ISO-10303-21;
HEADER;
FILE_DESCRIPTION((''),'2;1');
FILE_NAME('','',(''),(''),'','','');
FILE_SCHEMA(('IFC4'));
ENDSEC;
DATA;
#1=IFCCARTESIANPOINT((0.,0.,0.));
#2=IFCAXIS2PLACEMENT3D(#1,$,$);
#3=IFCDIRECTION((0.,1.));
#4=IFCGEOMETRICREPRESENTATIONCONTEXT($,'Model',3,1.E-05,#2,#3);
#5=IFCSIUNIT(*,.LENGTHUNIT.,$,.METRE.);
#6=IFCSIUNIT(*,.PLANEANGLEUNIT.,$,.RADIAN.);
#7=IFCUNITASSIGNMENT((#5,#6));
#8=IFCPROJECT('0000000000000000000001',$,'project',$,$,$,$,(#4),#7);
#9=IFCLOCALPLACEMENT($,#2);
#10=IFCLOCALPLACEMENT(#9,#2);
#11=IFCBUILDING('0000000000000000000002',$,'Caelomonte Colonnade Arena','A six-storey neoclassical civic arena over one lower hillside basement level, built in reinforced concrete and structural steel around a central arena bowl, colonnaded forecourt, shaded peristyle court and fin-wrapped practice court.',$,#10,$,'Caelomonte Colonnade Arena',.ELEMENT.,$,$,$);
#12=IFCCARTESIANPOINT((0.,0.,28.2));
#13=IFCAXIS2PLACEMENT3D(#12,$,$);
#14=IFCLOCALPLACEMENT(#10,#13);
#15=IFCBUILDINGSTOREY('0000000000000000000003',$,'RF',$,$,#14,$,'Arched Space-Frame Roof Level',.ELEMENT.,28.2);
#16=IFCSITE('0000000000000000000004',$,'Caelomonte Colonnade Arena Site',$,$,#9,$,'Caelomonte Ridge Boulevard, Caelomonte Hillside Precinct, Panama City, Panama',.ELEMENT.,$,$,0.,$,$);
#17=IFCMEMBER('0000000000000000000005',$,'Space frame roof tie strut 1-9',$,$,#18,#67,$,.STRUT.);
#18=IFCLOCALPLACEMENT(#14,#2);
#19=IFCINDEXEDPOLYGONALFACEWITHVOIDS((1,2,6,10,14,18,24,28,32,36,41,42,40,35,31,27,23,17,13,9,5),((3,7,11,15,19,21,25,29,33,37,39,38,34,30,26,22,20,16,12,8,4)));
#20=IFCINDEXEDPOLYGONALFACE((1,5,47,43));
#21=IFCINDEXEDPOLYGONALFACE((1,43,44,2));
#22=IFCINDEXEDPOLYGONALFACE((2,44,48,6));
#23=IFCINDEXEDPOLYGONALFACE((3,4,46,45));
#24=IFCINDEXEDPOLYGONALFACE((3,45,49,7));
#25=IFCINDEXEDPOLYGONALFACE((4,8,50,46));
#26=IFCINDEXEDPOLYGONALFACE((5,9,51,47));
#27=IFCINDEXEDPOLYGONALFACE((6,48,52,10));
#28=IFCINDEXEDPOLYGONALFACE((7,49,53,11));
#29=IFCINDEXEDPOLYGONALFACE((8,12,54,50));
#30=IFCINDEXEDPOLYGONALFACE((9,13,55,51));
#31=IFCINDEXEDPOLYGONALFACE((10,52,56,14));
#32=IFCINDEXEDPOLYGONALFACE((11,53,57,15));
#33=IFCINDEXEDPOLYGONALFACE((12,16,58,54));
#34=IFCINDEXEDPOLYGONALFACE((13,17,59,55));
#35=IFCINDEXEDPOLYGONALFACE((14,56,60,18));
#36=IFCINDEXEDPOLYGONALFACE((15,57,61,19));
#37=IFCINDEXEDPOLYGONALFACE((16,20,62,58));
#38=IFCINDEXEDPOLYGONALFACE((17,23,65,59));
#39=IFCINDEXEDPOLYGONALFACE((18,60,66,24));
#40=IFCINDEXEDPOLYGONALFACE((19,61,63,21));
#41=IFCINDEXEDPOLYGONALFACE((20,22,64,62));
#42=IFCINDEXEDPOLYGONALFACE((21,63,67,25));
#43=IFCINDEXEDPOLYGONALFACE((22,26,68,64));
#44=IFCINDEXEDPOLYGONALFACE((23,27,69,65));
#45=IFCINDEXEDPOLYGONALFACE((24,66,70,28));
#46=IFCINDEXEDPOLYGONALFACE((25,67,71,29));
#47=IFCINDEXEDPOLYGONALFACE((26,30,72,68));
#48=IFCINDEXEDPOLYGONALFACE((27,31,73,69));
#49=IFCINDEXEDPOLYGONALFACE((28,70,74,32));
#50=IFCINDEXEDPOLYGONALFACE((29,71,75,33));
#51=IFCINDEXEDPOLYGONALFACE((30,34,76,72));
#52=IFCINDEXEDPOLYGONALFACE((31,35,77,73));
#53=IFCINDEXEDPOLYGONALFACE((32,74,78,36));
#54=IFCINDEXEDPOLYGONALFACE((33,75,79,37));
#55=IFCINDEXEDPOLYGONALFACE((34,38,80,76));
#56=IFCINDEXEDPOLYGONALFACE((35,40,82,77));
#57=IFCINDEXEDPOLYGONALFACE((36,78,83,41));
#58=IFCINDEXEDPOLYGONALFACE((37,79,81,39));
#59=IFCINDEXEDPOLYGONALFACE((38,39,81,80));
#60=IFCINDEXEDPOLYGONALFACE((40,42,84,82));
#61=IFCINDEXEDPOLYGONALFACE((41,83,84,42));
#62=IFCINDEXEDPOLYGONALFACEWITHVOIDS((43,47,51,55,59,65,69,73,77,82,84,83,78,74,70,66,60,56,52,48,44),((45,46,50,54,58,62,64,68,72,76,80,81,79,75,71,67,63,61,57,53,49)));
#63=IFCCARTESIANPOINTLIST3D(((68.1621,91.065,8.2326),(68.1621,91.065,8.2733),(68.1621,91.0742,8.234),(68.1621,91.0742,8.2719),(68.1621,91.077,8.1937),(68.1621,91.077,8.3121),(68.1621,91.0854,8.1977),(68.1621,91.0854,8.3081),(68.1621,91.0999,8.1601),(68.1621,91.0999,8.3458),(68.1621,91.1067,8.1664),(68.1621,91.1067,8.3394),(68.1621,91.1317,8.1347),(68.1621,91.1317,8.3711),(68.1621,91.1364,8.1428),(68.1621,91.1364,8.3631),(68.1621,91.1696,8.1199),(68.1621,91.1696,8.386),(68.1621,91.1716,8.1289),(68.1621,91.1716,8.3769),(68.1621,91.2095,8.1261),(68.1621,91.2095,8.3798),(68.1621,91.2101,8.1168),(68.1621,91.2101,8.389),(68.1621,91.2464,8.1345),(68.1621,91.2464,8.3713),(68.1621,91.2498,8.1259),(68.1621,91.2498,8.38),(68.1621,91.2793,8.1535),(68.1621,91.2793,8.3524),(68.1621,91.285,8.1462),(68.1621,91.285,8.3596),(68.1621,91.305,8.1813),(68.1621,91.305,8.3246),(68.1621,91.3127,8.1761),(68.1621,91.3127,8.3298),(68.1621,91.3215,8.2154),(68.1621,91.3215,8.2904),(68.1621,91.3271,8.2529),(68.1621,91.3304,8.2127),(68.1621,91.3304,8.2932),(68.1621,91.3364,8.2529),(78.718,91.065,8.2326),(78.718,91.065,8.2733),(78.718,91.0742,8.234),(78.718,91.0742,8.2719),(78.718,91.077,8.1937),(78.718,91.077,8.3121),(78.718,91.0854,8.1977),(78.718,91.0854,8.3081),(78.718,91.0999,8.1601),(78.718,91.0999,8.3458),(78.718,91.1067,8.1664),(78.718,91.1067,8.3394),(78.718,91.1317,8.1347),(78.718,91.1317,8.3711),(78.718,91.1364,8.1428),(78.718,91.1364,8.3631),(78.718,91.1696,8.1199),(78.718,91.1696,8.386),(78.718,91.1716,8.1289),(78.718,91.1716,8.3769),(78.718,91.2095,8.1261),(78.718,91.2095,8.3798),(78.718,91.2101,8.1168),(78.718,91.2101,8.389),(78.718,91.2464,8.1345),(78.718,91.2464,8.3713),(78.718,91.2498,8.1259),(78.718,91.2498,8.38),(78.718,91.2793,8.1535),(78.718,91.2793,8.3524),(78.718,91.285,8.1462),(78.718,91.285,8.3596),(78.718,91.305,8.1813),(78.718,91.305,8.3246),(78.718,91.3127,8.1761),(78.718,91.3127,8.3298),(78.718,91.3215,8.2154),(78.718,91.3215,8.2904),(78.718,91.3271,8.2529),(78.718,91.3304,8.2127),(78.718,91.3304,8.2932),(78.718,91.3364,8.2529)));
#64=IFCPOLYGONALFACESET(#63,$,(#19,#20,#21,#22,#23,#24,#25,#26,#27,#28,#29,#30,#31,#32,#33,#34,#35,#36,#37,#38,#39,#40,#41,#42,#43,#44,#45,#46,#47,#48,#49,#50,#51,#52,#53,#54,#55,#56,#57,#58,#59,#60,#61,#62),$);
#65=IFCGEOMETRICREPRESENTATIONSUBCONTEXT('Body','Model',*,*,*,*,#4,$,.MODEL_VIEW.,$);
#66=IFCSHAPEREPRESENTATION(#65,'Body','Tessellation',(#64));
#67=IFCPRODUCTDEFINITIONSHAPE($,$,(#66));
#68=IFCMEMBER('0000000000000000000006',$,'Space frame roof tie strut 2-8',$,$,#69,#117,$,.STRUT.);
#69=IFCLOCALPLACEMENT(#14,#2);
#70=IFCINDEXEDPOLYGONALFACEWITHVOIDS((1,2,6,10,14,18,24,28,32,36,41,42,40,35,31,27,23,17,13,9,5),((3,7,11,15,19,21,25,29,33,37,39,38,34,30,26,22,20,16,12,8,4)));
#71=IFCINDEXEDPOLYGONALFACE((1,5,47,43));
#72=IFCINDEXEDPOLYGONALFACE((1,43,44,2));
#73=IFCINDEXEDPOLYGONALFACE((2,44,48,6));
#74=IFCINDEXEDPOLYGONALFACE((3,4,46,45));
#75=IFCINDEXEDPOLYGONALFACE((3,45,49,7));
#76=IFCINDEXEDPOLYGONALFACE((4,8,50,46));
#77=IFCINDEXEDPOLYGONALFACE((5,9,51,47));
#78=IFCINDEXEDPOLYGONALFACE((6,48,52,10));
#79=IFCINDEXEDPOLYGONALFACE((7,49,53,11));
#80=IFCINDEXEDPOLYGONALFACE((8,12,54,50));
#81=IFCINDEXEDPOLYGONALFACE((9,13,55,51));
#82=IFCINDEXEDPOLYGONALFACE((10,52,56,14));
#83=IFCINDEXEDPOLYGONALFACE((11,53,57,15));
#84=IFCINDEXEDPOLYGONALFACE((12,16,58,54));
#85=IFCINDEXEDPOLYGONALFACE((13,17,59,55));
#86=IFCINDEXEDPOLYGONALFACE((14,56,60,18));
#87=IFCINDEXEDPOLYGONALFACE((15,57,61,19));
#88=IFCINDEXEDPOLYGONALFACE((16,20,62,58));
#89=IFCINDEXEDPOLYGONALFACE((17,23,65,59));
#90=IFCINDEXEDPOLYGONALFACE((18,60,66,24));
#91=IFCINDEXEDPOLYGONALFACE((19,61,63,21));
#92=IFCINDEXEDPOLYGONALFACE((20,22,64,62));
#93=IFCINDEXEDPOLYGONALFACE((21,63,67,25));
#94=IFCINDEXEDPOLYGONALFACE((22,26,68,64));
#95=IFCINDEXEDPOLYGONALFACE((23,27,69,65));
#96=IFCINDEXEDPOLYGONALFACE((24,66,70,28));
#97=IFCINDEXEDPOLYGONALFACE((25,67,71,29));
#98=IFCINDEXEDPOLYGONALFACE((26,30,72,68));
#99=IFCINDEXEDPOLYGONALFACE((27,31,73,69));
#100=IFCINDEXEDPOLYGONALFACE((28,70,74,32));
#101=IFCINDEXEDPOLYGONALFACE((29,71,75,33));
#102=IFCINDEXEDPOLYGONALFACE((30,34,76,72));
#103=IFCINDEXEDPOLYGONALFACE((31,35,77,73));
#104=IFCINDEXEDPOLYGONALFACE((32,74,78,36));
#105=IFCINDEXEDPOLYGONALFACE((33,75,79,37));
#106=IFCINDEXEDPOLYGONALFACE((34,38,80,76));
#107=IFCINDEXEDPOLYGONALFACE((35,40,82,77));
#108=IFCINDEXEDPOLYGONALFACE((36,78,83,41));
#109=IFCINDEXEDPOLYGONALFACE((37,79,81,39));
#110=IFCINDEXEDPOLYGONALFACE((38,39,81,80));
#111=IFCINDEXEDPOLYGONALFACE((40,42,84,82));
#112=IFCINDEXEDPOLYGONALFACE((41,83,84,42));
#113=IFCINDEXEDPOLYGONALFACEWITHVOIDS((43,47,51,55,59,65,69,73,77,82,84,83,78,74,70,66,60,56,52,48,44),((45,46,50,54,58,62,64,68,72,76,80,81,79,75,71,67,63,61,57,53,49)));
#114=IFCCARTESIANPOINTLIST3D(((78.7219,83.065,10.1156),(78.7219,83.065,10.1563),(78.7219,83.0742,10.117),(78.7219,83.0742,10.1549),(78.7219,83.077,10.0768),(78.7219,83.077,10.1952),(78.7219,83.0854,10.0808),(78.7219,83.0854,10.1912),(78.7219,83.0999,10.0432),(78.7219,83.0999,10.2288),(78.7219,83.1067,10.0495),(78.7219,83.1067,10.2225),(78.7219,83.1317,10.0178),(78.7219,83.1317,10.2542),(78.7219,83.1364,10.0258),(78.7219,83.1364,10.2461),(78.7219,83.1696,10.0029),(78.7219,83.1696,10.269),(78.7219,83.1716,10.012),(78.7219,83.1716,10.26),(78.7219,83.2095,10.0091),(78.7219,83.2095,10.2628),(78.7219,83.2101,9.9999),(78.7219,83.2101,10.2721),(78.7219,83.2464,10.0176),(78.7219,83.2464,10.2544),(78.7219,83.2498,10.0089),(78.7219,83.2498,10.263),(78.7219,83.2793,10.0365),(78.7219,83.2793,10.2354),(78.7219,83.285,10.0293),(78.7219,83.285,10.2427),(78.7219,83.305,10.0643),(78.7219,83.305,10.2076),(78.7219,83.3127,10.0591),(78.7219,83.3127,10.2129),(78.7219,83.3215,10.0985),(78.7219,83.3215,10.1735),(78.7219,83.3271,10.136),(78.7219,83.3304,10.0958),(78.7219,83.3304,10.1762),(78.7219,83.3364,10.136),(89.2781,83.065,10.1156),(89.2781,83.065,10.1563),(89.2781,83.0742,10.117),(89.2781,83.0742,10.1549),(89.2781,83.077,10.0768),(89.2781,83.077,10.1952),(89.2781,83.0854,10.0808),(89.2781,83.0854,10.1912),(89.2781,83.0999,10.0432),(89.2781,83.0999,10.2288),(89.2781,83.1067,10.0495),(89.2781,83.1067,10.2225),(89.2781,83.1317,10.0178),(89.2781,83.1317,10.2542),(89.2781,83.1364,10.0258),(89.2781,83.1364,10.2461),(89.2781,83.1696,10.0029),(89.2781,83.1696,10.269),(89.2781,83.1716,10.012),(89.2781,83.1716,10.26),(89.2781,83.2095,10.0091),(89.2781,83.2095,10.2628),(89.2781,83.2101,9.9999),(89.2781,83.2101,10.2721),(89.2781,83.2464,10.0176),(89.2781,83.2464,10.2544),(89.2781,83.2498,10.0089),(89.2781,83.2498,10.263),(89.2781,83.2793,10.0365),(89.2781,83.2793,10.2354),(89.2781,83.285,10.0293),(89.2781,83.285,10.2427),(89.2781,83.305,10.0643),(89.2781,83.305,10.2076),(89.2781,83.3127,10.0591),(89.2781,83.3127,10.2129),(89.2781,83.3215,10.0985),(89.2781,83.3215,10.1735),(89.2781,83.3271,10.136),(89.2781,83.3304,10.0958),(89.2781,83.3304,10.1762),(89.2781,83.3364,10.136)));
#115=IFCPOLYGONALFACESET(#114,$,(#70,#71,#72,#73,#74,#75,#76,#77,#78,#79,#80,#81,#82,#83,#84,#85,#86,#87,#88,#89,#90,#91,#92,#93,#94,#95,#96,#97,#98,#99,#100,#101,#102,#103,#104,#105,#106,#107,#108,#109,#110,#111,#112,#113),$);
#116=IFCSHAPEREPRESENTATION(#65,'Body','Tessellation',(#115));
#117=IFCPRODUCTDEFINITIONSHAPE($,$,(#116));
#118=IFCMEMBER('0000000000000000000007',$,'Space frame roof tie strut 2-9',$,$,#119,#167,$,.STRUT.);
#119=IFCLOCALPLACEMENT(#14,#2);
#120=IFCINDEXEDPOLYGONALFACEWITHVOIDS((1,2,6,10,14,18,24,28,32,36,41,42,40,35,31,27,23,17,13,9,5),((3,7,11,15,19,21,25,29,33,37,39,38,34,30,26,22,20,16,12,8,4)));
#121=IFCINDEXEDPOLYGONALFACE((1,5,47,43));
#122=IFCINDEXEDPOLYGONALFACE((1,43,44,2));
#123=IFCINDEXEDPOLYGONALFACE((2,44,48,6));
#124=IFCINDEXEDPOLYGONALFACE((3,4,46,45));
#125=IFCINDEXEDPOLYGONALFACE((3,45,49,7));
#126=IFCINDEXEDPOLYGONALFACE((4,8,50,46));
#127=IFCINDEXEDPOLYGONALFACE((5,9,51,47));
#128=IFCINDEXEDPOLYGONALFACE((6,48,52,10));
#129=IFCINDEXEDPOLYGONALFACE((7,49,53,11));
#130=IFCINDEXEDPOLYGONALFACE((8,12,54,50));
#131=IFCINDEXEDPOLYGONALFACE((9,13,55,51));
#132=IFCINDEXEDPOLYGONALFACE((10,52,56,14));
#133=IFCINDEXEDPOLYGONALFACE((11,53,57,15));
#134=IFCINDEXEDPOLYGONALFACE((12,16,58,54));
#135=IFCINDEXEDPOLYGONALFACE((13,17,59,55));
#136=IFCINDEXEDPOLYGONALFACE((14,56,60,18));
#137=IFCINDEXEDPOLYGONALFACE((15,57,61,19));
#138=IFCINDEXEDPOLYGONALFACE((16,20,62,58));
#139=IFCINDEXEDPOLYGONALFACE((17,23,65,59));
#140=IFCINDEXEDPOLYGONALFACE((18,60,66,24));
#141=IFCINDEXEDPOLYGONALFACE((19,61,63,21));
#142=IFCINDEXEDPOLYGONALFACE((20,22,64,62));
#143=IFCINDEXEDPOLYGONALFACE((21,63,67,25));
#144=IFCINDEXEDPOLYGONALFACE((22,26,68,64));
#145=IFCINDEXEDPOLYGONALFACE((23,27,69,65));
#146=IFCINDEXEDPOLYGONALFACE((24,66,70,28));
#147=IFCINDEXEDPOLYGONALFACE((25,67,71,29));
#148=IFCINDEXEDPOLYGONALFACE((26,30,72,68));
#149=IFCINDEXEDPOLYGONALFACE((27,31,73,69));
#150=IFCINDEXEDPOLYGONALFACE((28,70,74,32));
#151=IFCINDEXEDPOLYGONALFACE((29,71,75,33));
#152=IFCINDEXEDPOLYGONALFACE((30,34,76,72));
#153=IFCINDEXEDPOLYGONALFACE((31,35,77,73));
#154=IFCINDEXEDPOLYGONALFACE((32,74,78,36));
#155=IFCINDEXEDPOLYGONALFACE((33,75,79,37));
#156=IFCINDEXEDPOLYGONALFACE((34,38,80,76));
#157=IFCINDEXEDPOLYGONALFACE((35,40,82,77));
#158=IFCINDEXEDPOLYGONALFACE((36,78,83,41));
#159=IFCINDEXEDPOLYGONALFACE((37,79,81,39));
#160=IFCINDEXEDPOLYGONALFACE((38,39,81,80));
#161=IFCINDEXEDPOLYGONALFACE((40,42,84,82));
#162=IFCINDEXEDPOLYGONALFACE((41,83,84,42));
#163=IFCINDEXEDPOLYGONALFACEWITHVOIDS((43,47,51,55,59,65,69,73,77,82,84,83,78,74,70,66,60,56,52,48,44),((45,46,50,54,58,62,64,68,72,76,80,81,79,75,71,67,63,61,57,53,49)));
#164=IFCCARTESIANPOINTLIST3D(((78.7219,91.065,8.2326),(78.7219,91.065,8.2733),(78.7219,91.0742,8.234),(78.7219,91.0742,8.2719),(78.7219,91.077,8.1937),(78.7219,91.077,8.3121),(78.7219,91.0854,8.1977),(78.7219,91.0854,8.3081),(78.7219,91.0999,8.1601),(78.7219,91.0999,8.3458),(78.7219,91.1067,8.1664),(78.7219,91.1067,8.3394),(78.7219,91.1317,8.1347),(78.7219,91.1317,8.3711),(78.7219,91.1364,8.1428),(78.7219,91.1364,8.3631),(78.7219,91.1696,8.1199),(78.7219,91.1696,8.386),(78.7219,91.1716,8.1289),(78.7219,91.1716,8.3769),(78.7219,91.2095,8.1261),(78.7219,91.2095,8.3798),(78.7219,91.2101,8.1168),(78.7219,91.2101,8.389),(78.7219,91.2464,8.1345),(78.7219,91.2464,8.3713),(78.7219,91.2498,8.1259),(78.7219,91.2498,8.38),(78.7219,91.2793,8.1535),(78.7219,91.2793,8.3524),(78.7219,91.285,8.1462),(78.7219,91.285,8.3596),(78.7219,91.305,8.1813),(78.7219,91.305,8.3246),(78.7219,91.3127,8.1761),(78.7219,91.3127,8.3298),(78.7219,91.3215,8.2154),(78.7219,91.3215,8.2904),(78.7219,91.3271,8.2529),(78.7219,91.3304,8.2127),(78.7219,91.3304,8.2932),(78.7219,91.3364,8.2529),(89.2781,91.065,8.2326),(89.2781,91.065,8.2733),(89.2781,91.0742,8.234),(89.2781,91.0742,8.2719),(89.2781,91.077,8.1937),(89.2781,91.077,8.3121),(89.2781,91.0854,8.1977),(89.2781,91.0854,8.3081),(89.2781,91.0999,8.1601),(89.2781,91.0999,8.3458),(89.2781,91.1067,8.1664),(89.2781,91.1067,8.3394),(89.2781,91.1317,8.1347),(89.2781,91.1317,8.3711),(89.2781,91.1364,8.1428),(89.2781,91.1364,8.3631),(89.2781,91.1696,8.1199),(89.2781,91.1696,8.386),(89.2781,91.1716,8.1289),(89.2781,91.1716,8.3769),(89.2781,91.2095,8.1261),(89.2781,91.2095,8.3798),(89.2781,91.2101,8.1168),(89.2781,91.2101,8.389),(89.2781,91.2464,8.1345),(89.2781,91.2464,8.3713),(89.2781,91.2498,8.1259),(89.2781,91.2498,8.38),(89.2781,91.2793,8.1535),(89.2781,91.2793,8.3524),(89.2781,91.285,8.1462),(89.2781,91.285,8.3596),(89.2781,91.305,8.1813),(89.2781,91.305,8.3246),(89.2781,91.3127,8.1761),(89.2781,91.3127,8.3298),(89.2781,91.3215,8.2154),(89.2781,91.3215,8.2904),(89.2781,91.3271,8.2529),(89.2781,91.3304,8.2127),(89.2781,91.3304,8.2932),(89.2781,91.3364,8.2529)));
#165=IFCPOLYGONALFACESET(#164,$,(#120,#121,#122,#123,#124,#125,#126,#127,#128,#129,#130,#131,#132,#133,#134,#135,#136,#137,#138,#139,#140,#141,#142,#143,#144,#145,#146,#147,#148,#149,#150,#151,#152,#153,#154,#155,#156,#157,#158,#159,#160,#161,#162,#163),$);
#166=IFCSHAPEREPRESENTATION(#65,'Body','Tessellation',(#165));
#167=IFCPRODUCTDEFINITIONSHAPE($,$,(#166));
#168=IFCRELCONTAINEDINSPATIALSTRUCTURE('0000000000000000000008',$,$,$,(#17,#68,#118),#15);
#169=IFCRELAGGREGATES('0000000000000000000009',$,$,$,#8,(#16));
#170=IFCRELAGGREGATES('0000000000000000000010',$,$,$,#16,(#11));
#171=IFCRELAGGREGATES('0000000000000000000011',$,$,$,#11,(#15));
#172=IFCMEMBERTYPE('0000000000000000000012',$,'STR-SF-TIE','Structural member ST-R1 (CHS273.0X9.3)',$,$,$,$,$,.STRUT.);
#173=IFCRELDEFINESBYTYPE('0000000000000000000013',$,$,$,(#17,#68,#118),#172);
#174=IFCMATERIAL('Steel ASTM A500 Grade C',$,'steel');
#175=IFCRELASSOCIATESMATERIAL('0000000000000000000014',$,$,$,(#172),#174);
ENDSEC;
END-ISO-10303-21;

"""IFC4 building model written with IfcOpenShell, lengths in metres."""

from ifc_helpers import new_model, si_unit, direction, frame, origin, origin_2d, place, context, subcontext, project, spatial, hollow_circle, extrude, material, material_profile, profile_set, type_object, element, save


model = new_model("IFC4")

# Units and contexts
model_context = context("Model", 3, precision=1e-05, world=origin(), true_north=direction((0.0, 1.0)))
body_context = subcontext(model_context, "Body", "Model", "MODEL_VIEW")
ifc_project = project(units=[si_unit("LENGTHUNIT", "METRE"), si_unit("PLANEANGLEUNIT", "RADIAN")], contexts=[model_context])

# Site, building, storey
site_placement = place(None, origin())
site = spatial("IfcSite", under=ifc_project, at=site_placement, Name="Caelomonte Colonnade Arena Site", LongName="Caelomonte Ridge Boulevard, Caelomonte Hillside Precinct, Panama City, Panama", CompositionType="ELEMENT", RefElevation=0.0)
building_placement = place(site_placement, origin())
building = spatial("IfcBuilding", under=site, at=building_placement, Name="Caelomonte Colonnade Arena", Description="A six-storey neoclassical civic arena over one lower hillside basement level, built in reinforced concrete and structural steel around a central arena bowl, colonnaded forecourt, shaded peristyle court and fin-wrapped practice court.", LongName="Caelomonte Colonnade Arena", CompositionType="ELEMENT")
storey_placement = place(building_placement, frame((0.0, 0.0, 28.2)))
storey = spatial("IfcBuildingStorey", under=building, at=storey_placement, Name="RF", LongName="Arched Space-Frame Roof Level", CompositionType="ELEMENT", Elevation=28.2)

# Members
ifc_material_1 = material(Name="Steel ASTM A500 Grade C", Category="steel")
ifc_material_profile_1 = material_profile(ifc_material_1, hollow_circle(Radius=0.1365, WallThickness=0.0093, at=origin_2d()), Name="CHS273.0X9.3")
ifc_profile_set_1 = profile_set([ifc_material_profile_1], Name="Steel ASTM A500 Grade C")
member_type_1 = type_object("IfcMemberType", Name="STR-SF-TIE", Description="Structural member ST-R1 (CHS273.0X9.3)", PredefinedType="STRUT", material=ifc_profile_set_1)
for number, where, z_axis, x_axis, name in (
    (1, (68.1621, 91.2, 8.2529), (1.0, 0.0, 0.0), (0.0, 1.0, 0.0), "Space frame roof tie strut 1-9"),
):
    element("IfcMember", number, at=place(storey_placement, frame(where, z_axis=z_axis, x_axis=x_axis)), inside=storey, type_object=member_type_1, Name=name, PredefinedType="STRUT", context=body_context, shape_type="SweptSolid", body=[
        extrude(hollow_circle(Radius=0.1365, WallThickness=0.0093, at=origin_2d()), origin(), (0.0, 0.0, 1.0), 10.5559),
    ])
for number, where, z_axis, x_axis, name in (
    (2, (78.7219, 83.2, 10.136), (1.0, 0.0, 0.0), (0.0, 1.0, 0.0), "Space frame roof tie strut 2-8"),
    (3, (78.7219, 91.2, 8.2529), (1.0, 0.0, 0.0), (0.0, 1.0, 0.0), "Space frame roof tie strut 2-9"),
):
    element("IfcMember", number, at=place(storey_placement, frame(where, z_axis=z_axis, x_axis=x_axis)), inside=storey, type_object=member_type_1, Name=name, PredefinedType="STRUT", context=body_context, shape_type="SweptSolid", body=[
        extrude(hollow_circle(Radius=0.1365, WallThickness=0.0093, at=origin_2d()), origin(), (0.0, 0.0, 1.0), 10.5562),
    ])

save(model, "model.ifc")
